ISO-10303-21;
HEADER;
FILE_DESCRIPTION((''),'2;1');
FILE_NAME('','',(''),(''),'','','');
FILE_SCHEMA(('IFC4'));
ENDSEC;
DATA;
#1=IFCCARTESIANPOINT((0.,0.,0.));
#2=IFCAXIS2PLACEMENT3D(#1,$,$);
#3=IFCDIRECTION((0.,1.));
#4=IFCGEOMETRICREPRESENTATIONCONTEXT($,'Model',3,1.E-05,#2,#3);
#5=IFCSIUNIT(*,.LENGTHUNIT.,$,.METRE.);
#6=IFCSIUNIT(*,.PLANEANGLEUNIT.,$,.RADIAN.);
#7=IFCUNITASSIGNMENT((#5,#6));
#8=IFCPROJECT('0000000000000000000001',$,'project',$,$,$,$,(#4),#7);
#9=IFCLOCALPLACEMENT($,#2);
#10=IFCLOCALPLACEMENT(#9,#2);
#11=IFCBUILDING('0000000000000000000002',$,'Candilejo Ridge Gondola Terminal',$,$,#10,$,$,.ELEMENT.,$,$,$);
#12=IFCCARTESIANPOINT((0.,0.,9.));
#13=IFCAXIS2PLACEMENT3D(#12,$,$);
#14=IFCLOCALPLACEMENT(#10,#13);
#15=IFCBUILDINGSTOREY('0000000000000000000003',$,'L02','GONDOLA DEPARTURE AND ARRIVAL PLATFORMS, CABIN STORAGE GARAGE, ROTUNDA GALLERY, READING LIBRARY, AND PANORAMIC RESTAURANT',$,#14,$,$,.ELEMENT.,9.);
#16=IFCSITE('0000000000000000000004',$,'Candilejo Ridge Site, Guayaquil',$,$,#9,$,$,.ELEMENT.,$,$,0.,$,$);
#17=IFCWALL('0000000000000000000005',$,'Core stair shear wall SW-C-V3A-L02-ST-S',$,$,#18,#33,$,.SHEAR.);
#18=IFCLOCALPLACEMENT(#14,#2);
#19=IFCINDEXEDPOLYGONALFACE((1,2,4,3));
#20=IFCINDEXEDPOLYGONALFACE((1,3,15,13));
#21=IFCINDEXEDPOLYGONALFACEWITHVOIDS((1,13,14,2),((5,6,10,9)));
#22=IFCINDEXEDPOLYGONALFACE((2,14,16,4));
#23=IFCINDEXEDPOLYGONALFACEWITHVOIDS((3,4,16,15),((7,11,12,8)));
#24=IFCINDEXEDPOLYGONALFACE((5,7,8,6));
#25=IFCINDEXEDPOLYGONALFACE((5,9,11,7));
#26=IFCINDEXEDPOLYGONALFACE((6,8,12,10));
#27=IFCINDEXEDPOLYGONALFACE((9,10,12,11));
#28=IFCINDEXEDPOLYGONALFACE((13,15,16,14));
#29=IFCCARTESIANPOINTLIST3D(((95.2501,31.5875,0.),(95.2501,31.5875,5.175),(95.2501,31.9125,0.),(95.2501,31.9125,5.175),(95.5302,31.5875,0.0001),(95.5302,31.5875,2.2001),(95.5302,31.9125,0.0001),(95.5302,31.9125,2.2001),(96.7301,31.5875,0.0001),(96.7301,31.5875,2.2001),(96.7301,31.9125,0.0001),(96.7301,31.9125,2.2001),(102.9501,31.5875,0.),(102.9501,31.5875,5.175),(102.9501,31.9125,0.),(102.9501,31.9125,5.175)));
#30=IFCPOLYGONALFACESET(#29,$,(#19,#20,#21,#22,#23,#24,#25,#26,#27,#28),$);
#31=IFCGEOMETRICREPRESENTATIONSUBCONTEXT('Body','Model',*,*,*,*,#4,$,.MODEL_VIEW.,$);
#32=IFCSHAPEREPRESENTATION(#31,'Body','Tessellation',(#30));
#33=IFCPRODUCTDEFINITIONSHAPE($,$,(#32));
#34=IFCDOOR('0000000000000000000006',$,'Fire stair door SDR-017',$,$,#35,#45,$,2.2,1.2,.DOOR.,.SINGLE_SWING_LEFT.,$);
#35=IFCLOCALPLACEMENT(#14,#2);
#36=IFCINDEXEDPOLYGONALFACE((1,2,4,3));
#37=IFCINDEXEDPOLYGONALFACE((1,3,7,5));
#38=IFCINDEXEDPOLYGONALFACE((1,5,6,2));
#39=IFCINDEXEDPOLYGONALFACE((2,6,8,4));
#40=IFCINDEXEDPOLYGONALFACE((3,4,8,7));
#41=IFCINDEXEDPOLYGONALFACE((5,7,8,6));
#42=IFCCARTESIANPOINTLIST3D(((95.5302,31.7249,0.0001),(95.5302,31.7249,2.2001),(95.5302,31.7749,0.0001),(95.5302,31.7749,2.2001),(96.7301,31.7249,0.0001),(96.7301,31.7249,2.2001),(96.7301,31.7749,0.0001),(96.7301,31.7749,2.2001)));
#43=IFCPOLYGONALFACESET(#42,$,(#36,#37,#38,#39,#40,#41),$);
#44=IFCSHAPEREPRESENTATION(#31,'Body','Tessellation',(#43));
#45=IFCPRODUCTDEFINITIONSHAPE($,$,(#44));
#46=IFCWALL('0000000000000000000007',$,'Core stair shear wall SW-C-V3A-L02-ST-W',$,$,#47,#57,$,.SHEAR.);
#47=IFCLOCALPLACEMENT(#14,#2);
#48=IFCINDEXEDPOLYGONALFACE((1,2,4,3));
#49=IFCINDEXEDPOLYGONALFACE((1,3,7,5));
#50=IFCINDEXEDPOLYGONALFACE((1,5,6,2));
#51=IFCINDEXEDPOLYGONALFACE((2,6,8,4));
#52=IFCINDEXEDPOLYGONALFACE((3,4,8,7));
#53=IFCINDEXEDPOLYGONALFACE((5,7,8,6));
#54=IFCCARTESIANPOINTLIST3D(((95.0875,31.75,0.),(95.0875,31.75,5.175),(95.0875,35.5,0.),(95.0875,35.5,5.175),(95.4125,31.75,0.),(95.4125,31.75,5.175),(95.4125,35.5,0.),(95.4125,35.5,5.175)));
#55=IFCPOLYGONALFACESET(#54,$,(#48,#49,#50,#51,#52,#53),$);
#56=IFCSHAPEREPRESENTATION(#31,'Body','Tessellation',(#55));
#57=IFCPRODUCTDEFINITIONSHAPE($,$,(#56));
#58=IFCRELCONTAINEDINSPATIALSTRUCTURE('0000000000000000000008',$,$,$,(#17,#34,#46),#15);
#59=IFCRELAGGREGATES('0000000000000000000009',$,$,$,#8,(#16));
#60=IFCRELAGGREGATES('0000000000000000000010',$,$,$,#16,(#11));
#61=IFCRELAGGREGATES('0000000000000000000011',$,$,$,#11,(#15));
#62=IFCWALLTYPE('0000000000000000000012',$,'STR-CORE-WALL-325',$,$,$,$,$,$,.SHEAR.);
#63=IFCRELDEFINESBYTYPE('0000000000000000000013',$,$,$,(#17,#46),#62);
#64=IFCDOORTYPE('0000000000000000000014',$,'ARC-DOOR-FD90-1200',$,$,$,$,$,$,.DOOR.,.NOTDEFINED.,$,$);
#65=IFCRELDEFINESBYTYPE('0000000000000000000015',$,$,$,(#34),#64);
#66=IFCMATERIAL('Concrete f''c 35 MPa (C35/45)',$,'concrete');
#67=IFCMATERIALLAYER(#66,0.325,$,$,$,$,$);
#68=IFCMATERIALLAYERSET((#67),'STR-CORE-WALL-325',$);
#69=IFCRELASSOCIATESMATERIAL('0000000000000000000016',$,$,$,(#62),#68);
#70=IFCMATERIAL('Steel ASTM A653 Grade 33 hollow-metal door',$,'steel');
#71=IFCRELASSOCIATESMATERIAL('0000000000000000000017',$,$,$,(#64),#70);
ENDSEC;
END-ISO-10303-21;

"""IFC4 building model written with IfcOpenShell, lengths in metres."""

from ifc_helpers import new_model, si_unit, direction, frame, frame_2d, origin, place, context, subcontext, project, spatial, rectangle, extrude, material, layer, layer_set, type_object, element, fill, save


model = new_model("IFC4")

# Units and contexts
model_context = context("Model", 3, precision=1e-05, world=origin(), true_north=direction((0.0, 1.0)))
body_context = subcontext(model_context, "Body", "Model", "MODEL_VIEW")
ifc_project = project(units=[si_unit("LENGTHUNIT", "METRE"), si_unit("PLANEANGLEUNIT", "RADIAN")], contexts=[model_context])

# Site, building, storey
site_placement = place(None, origin())
site = spatial("IfcSite", under=ifc_project, at=site_placement, Name="Candilejo Ridge Site, Guayaquil", CompositionType="ELEMENT", RefElevation=0.0)
building_placement = place(site_placement, origin())
building = spatial("IfcBuilding", under=site, at=building_placement, Name="Candilejo Ridge Gondola Terminal", CompositionType="ELEMENT")
storey_placement = place(building_placement, frame((0.0, 0.0, 9.0)))
storey = spatial("IfcBuildingStorey", under=building, at=storey_placement, Name="L02", Description="GONDOLA DEPARTURE AND ARRIVAL PLATFORMS, CABIN STORAGE GARAGE, ROTUNDA GALLERY, READING LIBRARY, AND PANORAMIC RESTAURANT", CompositionType="ELEMENT", Elevation=9.0)

# Wall, opening, door
ifc_material_1 = material(Name="Concrete f'c 35 MPa (C35/45)", Category="concrete")
ifc_layer_1 = layer(ifc_material_1, 0.325)
ifc_layer_set_1 = layer_set([ifc_layer_1], Name="STR-CORE-WALL-325")
wall_type_1 = type_object("IfcWallType", Name="STR-CORE-WALL-325", PredefinedType="SHEAR", material=ifc_layer_set_1)
wall_1_placement = place(storey_placement, frame((95.25, 31.75, 0.0), z_axis=(0.0, 0.0, 1.0), x_axis=(1.0, 0.0, 0.0)))
wall_1 = element("IfcWall", 1, at=wall_1_placement, inside=storey, type_object=wall_type_1, Name="Core stair shear wall SW-C-V3A-L02-ST-S", PredefinedType="SHEAR", context=body_context, shape_type="SweptSolid", body=[
    extrude(rectangle(XDim=7.7, YDim=0.325, at=frame_2d((3.8501, 0.0))), origin(), (0.0, 0.0, 1.0), 5.175),
])
opening_1_placement = place(wall_1_placement, frame((0.28, 0.0, 0.0)))
opening_1 = element("IfcOpeningElement", 2, at=opening_1_placement, cuts=wall_1, PredefinedType="OPENING", context=body_context, shape_type="SweptSolid", body=[
    extrude(rectangle(XDim=1.2, YDim=2.2, at=frame_2d((0.6001, 1.1001))), frame((0.0, 0.1724, 0.0), z_axis=(0.0, -1.0, 0.0), x_axis=(1.0, 0.0, 0.0)), (0.0, 0.0, 1.0), 0.345),
])
ifc_material_2 = material(Name="Steel ASTM A653 Grade 33 hollow-metal door", Category="steel")
door_type_1 = type_object("IfcDoorType", Name="ARC-DOOR-FD90-1200", OperationType="NOTDEFINED", PredefinedType="DOOR", material=ifc_material_2)
door_1_placement = place(opening_1_placement, origin())
door_1 = element("IfcDoor", 3, at=door_1_placement, inside=storey, type_object=door_type_1, Name="Fire stair door SDR-017", OperationType="SINGLE_SWING_LEFT", OverallHeight=2.2, OverallWidth=1.2, PredefinedType="DOOR", context=body_context, shape_type="SweptSolid", body=[
    extrude(rectangle(XDim=1.2, YDim=2.2, at=frame_2d((0.6001, 1.1001))), frame((0.0, 0.0249, 0.0), z_axis=(0.0, -1.0, 0.0), x_axis=(1.0, 0.0, 0.0)), (0.0, 0.0, 1.0), 0.05),
])
fill(opening_1, door_1)

# Wall
wall_2_placement = place(storey_placement, frame((95.25, 35.5, 0.0), z_axis=(0.0, 0.0, 1.0), x_axis=(0.0, -1.0, 0.0)))
element("IfcWall", 4, at=wall_2_placement, inside=storey, type_object=wall_type_1, Name="Core stair shear wall SW-C-V3A-L02-ST-W", PredefinedType="SHEAR", context=body_context, shape_type="SweptSolid", body=[
    extrude(rectangle(XDim=3.75, YDim=0.325, at=frame_2d((1.875, 0.0))), origin(), (0.0, 0.0, 1.0), 5.175),
])

save(model, "model.ifc")
